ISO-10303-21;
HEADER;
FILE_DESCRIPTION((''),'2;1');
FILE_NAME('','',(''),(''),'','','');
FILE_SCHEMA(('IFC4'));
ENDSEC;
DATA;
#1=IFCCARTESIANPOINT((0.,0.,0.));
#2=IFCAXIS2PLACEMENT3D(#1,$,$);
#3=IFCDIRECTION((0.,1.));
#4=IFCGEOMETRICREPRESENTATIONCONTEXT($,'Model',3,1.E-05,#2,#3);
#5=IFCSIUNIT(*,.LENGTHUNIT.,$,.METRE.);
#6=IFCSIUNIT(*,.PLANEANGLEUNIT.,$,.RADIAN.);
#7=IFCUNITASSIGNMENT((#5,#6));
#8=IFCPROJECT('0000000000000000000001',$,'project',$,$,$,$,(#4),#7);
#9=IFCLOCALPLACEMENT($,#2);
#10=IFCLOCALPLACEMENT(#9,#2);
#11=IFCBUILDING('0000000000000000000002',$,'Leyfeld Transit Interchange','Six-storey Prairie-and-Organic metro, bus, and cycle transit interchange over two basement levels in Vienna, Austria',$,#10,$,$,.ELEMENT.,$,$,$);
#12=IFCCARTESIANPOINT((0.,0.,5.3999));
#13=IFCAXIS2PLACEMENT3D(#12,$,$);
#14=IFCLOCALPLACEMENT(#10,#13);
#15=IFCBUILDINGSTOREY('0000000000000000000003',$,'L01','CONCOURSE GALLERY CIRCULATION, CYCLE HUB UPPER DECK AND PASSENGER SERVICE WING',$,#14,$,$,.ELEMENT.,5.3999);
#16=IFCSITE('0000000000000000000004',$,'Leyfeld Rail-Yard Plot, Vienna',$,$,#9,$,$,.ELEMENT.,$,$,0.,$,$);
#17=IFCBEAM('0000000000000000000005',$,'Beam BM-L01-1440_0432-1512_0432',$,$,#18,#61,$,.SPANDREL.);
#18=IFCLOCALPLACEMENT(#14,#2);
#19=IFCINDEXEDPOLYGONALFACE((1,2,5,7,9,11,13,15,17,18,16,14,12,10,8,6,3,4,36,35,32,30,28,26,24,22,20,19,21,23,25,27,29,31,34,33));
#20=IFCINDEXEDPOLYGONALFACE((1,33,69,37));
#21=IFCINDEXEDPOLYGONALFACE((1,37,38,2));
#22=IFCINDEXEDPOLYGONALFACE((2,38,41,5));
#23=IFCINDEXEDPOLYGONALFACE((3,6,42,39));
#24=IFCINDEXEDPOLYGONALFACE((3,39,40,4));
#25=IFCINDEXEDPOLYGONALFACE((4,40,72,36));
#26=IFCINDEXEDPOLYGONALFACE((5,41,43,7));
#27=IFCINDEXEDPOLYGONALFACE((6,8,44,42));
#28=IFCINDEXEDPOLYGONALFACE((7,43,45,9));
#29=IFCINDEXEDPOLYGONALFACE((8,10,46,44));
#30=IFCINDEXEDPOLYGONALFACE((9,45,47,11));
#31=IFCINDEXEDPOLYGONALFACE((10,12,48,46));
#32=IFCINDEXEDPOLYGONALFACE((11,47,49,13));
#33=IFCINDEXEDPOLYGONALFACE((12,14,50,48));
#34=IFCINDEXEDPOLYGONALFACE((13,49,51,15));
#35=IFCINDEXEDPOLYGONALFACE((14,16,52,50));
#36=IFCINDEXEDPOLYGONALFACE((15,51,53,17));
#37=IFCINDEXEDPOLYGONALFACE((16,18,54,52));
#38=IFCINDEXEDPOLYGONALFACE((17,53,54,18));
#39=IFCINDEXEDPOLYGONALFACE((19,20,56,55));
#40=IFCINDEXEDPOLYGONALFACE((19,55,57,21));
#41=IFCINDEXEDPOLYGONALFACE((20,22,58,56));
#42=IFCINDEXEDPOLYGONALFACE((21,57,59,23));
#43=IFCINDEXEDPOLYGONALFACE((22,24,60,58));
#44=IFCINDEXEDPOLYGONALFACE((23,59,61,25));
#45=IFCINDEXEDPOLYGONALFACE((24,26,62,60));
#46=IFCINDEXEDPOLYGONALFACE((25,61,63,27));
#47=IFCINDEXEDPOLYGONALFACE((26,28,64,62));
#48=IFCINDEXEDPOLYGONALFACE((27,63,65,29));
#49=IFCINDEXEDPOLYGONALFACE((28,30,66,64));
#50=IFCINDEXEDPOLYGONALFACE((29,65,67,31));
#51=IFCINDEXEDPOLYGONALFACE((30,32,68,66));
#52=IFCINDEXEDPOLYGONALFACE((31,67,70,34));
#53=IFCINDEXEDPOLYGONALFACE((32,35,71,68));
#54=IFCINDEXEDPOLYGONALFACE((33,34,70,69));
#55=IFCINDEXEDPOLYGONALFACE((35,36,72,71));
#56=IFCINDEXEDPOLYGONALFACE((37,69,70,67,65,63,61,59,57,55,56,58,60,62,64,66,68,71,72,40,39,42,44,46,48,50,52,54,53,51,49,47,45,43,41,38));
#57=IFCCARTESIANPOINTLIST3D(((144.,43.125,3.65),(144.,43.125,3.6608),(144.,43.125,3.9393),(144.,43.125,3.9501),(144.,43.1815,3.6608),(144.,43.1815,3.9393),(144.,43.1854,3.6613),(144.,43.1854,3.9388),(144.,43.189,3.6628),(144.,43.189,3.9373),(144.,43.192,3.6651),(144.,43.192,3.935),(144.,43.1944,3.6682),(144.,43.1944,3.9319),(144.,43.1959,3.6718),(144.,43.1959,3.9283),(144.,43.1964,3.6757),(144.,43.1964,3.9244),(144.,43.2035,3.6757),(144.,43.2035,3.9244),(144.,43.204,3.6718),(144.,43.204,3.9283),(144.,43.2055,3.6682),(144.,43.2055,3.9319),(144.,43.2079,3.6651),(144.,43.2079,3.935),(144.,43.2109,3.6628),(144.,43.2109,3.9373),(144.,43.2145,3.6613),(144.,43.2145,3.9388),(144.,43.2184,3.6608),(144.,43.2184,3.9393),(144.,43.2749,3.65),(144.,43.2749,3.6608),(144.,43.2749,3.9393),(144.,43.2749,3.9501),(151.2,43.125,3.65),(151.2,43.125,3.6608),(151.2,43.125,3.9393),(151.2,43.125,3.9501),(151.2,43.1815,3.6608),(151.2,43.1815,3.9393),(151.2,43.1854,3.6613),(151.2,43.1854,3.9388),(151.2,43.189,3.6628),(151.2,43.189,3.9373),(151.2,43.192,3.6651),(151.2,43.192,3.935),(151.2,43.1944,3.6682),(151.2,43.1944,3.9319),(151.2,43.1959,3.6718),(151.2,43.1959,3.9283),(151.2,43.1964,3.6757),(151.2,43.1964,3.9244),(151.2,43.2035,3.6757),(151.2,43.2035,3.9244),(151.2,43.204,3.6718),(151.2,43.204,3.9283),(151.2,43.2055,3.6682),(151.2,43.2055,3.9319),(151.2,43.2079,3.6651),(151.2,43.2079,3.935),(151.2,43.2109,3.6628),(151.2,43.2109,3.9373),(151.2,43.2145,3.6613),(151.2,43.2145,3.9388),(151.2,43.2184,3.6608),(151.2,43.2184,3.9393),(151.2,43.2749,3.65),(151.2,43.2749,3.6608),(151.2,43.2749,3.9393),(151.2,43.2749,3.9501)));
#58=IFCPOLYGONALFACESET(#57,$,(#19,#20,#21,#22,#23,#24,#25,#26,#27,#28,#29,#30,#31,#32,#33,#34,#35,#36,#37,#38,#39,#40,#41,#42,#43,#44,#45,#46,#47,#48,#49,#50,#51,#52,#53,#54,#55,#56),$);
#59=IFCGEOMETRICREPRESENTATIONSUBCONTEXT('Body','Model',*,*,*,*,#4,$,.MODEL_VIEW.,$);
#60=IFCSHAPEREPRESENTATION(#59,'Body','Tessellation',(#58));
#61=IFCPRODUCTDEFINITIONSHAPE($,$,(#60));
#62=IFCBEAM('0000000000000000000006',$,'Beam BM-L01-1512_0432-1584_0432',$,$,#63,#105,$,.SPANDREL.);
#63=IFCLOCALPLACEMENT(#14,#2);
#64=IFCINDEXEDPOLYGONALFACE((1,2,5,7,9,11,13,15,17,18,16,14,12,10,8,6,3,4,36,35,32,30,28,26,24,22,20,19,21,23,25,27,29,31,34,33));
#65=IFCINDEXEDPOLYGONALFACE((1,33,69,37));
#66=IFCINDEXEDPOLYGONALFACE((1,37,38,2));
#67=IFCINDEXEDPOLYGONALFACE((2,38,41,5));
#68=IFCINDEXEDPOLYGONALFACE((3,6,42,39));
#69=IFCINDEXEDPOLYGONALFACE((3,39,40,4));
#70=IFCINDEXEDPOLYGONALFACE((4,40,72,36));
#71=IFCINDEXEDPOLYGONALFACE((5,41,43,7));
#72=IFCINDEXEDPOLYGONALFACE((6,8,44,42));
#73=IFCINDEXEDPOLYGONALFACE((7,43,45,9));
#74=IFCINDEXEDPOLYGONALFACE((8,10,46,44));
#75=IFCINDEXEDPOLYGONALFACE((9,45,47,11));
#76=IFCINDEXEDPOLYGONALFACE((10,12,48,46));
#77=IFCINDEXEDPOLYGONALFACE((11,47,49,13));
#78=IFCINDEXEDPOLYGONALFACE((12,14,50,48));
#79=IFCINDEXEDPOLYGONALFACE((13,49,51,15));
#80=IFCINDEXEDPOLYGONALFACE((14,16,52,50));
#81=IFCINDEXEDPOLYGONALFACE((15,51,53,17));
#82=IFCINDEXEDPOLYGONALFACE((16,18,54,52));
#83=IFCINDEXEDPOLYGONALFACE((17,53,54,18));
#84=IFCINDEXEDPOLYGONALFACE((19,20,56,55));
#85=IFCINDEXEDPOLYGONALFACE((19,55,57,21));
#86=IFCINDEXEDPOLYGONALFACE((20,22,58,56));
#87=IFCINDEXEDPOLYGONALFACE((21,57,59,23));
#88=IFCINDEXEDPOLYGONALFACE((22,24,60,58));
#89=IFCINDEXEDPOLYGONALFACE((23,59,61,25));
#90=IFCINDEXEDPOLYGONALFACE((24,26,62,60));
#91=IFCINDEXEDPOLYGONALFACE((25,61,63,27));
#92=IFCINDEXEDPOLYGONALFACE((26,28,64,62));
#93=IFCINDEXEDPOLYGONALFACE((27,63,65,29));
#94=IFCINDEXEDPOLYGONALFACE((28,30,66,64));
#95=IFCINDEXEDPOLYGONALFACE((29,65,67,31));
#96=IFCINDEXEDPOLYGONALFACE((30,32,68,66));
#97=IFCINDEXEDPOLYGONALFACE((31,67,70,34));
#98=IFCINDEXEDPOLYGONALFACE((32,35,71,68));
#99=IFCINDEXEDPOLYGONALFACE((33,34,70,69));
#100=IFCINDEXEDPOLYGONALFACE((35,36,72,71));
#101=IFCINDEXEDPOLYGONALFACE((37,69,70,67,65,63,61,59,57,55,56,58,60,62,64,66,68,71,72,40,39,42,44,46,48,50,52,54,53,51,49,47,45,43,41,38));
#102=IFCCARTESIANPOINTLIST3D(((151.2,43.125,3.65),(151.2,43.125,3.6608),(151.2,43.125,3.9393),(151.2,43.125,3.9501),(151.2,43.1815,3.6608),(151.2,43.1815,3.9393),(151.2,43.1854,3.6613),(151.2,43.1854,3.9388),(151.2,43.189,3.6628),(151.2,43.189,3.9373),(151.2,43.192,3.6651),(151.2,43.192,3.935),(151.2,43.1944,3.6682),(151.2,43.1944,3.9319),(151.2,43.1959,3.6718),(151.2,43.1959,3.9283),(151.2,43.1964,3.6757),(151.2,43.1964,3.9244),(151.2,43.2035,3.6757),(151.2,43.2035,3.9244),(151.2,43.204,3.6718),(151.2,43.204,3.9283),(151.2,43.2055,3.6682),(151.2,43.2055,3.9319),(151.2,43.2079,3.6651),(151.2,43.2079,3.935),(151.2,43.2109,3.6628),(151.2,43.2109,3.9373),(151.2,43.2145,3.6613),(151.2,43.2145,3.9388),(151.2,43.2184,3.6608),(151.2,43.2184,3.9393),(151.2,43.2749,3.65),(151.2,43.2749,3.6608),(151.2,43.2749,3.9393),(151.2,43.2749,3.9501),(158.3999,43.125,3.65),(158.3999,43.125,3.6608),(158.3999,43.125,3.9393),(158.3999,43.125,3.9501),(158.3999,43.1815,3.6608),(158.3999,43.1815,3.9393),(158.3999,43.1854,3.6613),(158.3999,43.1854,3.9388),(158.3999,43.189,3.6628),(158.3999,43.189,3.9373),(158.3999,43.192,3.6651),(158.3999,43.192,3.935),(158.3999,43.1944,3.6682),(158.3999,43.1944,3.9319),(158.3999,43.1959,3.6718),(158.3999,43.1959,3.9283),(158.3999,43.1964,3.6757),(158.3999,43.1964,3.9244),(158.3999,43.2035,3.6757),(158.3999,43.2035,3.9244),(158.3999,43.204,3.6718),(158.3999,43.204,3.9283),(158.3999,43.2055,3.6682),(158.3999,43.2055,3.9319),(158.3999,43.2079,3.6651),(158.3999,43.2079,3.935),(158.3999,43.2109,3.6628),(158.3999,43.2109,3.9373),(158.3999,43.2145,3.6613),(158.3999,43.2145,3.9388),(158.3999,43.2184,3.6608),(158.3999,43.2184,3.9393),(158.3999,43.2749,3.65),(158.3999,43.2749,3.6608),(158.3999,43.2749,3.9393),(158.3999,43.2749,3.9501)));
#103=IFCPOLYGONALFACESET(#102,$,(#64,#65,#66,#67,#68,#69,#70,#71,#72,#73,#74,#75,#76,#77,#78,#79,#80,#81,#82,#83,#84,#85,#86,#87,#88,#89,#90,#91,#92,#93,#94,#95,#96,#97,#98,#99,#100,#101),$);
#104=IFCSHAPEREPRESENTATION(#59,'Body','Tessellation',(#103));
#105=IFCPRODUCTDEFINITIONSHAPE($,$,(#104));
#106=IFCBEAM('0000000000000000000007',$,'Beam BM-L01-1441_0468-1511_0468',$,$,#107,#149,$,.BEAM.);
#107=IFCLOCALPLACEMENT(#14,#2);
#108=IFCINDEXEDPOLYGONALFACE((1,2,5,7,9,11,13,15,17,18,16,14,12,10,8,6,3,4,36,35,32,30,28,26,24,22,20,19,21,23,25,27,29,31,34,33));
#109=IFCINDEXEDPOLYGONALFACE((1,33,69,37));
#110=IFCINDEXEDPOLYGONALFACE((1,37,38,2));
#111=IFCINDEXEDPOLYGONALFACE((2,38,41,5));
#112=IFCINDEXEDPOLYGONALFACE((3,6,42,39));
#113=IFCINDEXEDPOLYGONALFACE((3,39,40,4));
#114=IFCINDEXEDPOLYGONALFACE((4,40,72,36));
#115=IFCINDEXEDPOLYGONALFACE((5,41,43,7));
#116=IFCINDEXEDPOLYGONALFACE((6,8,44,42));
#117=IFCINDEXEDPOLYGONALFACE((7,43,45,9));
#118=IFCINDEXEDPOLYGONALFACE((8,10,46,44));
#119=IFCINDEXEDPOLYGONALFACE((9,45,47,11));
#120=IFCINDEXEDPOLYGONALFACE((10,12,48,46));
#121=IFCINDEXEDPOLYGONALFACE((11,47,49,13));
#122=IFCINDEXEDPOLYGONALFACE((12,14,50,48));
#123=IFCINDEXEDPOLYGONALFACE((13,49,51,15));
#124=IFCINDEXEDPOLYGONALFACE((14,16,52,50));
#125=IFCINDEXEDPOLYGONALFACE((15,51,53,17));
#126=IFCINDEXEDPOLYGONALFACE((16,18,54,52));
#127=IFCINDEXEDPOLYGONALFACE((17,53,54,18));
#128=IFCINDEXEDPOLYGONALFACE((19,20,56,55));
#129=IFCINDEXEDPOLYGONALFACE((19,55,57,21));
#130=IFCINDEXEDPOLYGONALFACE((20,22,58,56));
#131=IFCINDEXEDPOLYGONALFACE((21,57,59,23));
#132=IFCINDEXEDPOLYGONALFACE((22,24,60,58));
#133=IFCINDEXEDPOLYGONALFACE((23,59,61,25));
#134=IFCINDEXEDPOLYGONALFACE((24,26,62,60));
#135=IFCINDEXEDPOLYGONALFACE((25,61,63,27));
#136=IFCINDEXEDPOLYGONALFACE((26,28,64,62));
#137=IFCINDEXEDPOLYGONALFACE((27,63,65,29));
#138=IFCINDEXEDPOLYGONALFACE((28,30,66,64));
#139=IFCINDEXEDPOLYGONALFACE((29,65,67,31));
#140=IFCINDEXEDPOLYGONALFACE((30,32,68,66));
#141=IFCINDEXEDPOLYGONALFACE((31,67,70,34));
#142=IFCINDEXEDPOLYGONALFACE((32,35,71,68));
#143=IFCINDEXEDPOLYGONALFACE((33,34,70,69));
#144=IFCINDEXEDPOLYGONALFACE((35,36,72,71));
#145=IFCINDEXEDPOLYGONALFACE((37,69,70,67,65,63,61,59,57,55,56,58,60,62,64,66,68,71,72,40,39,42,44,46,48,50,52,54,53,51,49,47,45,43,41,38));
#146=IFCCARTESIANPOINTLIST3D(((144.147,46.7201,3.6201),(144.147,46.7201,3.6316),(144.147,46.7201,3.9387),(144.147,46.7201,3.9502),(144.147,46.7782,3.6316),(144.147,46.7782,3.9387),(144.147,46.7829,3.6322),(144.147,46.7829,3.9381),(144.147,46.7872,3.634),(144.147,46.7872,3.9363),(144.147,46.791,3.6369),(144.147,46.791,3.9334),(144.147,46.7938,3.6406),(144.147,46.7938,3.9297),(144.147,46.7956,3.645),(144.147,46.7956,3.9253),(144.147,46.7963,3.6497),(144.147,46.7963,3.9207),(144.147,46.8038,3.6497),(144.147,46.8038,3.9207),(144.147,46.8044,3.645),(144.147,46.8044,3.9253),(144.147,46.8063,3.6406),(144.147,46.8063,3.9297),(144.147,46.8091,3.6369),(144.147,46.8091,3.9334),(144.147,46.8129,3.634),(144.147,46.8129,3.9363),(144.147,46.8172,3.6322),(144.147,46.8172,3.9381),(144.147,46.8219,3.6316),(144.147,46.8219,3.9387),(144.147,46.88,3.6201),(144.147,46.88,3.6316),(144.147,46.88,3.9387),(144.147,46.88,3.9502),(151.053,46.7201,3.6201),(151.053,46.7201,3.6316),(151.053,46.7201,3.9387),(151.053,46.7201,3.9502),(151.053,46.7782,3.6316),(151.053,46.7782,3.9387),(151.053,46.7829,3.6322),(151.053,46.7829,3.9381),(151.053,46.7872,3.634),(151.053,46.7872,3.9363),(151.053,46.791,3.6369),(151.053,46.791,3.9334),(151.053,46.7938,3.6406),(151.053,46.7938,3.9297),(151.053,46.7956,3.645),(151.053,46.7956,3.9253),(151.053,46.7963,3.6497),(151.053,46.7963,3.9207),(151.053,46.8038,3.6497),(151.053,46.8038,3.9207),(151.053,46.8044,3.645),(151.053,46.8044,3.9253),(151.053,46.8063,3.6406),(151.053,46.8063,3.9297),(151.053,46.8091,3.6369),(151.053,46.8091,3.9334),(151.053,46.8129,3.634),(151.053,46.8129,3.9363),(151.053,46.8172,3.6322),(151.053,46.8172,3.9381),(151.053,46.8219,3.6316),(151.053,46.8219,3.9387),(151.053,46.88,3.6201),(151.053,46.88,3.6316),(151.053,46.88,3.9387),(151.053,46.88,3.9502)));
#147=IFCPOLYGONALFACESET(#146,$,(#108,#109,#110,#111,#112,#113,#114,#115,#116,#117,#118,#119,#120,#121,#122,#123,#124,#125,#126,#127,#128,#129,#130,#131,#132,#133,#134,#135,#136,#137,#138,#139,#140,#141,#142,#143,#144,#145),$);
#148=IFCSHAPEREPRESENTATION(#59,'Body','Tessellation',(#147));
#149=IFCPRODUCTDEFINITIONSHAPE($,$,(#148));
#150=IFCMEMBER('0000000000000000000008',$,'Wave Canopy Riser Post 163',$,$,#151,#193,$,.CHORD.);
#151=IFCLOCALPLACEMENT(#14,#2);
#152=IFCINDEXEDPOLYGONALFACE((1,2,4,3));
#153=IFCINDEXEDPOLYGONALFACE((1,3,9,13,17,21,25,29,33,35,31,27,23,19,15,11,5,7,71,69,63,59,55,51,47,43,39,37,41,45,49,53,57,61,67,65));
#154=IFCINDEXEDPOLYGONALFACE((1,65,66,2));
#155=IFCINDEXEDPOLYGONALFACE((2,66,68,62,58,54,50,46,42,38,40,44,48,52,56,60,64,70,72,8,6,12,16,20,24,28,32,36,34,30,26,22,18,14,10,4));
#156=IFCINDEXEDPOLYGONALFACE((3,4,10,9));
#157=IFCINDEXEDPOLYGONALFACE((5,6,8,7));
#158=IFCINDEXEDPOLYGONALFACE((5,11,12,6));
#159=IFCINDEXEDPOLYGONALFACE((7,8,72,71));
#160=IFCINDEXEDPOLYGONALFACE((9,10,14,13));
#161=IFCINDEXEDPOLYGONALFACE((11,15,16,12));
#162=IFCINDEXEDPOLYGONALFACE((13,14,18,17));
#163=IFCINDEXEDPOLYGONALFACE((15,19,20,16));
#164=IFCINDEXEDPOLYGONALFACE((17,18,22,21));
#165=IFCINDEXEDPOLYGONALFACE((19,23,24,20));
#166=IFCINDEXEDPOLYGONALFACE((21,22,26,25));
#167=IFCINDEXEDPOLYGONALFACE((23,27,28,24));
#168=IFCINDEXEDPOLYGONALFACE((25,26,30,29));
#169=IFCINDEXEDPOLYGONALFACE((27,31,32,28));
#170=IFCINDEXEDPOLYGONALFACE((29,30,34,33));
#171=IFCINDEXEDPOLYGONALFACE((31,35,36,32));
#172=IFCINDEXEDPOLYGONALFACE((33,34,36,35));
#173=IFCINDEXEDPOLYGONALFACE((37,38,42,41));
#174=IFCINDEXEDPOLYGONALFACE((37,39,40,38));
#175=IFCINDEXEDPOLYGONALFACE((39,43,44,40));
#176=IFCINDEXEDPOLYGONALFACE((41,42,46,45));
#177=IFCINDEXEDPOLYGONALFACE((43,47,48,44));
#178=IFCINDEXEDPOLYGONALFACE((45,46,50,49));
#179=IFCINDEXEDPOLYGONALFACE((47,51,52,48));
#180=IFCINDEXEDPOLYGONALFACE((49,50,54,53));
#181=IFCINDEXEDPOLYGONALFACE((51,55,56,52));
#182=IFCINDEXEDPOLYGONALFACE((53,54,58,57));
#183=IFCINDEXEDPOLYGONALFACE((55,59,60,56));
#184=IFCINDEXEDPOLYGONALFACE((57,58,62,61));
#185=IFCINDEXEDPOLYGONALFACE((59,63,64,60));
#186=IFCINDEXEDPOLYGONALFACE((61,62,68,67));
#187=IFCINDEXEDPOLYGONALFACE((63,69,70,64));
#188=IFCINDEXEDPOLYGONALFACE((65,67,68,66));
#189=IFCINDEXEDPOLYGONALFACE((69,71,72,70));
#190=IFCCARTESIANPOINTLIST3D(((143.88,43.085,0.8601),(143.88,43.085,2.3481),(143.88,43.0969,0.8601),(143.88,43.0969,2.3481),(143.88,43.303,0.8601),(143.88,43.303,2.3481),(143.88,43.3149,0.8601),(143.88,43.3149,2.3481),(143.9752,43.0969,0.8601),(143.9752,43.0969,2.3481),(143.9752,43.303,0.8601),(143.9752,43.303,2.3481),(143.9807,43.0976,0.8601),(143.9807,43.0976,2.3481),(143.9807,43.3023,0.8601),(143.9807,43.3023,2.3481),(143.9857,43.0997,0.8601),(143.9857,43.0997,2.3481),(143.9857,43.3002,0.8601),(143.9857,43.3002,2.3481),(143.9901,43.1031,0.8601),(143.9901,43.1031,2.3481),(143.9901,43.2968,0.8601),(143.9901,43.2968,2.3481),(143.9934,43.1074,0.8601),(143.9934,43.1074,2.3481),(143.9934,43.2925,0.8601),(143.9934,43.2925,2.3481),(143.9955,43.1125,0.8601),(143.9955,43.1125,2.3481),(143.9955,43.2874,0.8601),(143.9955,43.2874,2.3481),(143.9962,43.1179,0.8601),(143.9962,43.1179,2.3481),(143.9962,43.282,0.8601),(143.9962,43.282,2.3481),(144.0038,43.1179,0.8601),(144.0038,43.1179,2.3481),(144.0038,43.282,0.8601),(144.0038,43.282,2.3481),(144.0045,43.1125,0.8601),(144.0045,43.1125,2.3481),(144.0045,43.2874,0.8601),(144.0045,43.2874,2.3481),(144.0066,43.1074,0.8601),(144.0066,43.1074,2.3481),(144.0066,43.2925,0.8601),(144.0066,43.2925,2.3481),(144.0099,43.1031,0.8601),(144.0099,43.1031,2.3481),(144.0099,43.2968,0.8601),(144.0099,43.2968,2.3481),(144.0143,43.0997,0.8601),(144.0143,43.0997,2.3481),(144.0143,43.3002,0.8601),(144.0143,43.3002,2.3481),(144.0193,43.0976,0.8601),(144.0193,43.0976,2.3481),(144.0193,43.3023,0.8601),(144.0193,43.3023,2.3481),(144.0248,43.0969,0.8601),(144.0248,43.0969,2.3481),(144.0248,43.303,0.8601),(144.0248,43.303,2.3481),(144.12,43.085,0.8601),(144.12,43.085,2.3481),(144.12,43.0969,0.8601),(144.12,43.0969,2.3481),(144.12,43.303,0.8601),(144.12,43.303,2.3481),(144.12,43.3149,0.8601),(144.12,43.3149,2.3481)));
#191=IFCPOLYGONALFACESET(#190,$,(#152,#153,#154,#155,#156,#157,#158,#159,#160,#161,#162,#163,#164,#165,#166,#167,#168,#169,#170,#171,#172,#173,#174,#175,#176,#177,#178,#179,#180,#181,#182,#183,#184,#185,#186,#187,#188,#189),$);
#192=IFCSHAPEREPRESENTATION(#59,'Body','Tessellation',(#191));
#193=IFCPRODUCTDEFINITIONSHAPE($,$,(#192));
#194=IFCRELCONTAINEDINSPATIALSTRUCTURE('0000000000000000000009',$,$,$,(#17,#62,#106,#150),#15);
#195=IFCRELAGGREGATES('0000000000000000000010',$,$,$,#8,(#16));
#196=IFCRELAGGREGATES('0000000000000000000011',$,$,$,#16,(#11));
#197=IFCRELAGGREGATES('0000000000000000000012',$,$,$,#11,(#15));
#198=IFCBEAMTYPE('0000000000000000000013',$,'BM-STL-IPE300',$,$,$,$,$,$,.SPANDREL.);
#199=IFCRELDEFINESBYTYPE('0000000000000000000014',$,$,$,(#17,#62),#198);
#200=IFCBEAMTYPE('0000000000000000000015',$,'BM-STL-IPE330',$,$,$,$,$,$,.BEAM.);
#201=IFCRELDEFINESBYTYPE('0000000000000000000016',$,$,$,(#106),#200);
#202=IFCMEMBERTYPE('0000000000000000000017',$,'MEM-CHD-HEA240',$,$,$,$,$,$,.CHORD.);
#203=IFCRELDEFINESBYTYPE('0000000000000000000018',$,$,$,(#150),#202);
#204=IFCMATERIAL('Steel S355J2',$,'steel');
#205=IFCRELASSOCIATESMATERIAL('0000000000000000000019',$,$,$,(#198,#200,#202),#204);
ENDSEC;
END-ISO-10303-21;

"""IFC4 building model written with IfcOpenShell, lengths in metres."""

from ifc_helpers import new_model, si_unit, direction, frame, origin, origin_2d, place, context, subcontext, project, spatial, i_section, extrude, material, material_profile, profile_set, type_object, element, save


model = new_model("IFC4")

# Units and contexts
model_context = context("Model", 3, precision=1e-05, world=origin(), true_north=direction((0.0, 1.0)))
body_context = subcontext(model_context, "Body", "Model", "MODEL_VIEW")
ifc_project = project(units=[si_unit("LENGTHUNIT", "METRE"), si_unit("PLANEANGLEUNIT", "RADIAN")], contexts=[model_context])

# Site, building, storey
site_placement = place(None, origin())
site = spatial("IfcSite", under=ifc_project, at=site_placement, Name="Leyfeld Rail-Yard Plot, Vienna", CompositionType="ELEMENT", RefElevation=0.0)
building_placement = place(site_placement, origin())
building = spatial("IfcBuilding", under=site, at=building_placement, Name="Leyfeld Transit Interchange", Description="Six-storey Prairie-and-Organic metro, bus, and cycle transit interchange over two basement levels in Vienna, Austria", CompositionType="ELEMENT")
storey_placement = place(building_placement, frame((0.0, 0.0, 5.3999)))
storey = spatial("IfcBuildingStorey", under=building, at=storey_placement, Name="L01", Description="CONCOURSE GALLERY CIRCULATION, CYCLE HUB UPPER DECK AND PASSENGER SERVICE WING", CompositionType="ELEMENT", Elevation=5.3999)

# Shared definitions
ifc_material_1 = material(Name="Steel S355J2", Category="steel")

# Beams
ifc_material_profile_1 = material_profile(ifc_material_1, i_section(OverallWidth=0.1499, OverallDepth=0.3, WebThickness=0.0071, FlangeThickness=0.0107, FilletRadius=0.0149, at=origin_2d()), Name="IPE 300")
ifc_profile_set_1 = profile_set([ifc_material_profile_1], Name="Steel S355J2")
beam_type_1 = type_object("IfcBeamType", Name="BM-STL-IPE300", PredefinedType="SPANDREL", material=ifc_profile_set_1)
for number, where, z_axis, x_axis, name in (
    (1, (144.0, 43.2, 3.8), (1.0, 0.0, 0.0), (0.0, 1.0, 0.0), "Beam BM-L01-1440_0432-1512_0432"),
    (2, (151.2, 43.2, 3.8), (1.0, 0.0, 0.0), (0.0, 1.0, 0.0), "Beam BM-L01-1512_0432-1584_0432"),
):
    element("IfcBeam", number, at=place(storey_placement, frame(where, z_axis=z_axis, x_axis=x_axis)), inside=storey, type_object=beam_type_1, Name=name, PredefinedType="SPANDREL", context=body_context, shape_type="SweptSolid", body=[
        extrude(i_section(OverallWidth=0.1499, OverallDepth=0.3, WebThickness=0.0071, FlangeThickness=0.0107, FilletRadius=0.0149, at=origin_2d()), origin(), (0.0, 0.0, 1.0), 7.2),
    ])
ifc_material_profile_2 = material_profile(ifc_material_1, i_section(OverallWidth=0.1599, OverallDepth=0.3301, WebThickness=0.0076, FlangeThickness=0.0115, FilletRadius=0.0181, at=origin_2d()), Name="IPE 330")
ifc_profile_set_2 = profile_set([ifc_material_profile_2], Name="Steel S355J2")
beam_type_2 = type_object("IfcBeamType", Name="BM-STL-IPE330", PredefinedType="BEAM", material=ifc_profile_set_2)
beam_1_placement = place(storey_placement, frame((144.147, 46.8, 3.7852), z_axis=(1.0, 0.0, 0.0), x_axis=(0.0, 1.0, 0.0)))
element("IfcBeam", 3, at=beam_1_placement, inside=storey, type_object=beam_type_2, Name="Beam BM-L01-1441_0468-1511_0468", PredefinedType="BEAM", context=body_context, shape_type="SweptSolid", body=[
    extrude(i_section(OverallWidth=0.1599, OverallDepth=0.3301, WebThickness=0.0076, FlangeThickness=0.0115, FilletRadius=0.0181, at=origin_2d()), origin(), (0.0, 0.0, 1.0), 6.906),
])

# Member
ifc_material_profile_3 = material_profile(ifc_material_1, i_section(OverallWidth=0.24, OverallDepth=0.23, WebThickness=0.0076, FlangeThickness=0.012, FilletRadius=0.021, at=origin_2d()), Name="HEA 240")
ifc_profile_set_3 = profile_set([ifc_material_profile_3], Name="Steel S355J2")
member_type = type_object("IfcMemberType", Name="MEM-CHD-HEA240", PredefinedType="CHORD", material=ifc_profile_set_3)
member_1_placement = place(storey_placement, frame((144.0, 43.2, 0.8601), z_axis=(0.0, 0.0, 1.0), x_axis=(1.0, 0.0, 0.0)))
element("IfcMember", 4, at=member_1_placement, inside=storey, type_object=member_type, Name="Wave Canopy Riser Post 163", PredefinedType="CHORD", context=body_context, shape_type="SweptSolid", body=[
    extrude(i_section(OverallWidth=0.24, OverallDepth=0.23, WebThickness=0.0076, FlangeThickness=0.012, FilletRadius=0.021, at=origin_2d()), origin(), (0.0, 0.0, 1.0), 1.488),
])

save(model, "model.ifc")
